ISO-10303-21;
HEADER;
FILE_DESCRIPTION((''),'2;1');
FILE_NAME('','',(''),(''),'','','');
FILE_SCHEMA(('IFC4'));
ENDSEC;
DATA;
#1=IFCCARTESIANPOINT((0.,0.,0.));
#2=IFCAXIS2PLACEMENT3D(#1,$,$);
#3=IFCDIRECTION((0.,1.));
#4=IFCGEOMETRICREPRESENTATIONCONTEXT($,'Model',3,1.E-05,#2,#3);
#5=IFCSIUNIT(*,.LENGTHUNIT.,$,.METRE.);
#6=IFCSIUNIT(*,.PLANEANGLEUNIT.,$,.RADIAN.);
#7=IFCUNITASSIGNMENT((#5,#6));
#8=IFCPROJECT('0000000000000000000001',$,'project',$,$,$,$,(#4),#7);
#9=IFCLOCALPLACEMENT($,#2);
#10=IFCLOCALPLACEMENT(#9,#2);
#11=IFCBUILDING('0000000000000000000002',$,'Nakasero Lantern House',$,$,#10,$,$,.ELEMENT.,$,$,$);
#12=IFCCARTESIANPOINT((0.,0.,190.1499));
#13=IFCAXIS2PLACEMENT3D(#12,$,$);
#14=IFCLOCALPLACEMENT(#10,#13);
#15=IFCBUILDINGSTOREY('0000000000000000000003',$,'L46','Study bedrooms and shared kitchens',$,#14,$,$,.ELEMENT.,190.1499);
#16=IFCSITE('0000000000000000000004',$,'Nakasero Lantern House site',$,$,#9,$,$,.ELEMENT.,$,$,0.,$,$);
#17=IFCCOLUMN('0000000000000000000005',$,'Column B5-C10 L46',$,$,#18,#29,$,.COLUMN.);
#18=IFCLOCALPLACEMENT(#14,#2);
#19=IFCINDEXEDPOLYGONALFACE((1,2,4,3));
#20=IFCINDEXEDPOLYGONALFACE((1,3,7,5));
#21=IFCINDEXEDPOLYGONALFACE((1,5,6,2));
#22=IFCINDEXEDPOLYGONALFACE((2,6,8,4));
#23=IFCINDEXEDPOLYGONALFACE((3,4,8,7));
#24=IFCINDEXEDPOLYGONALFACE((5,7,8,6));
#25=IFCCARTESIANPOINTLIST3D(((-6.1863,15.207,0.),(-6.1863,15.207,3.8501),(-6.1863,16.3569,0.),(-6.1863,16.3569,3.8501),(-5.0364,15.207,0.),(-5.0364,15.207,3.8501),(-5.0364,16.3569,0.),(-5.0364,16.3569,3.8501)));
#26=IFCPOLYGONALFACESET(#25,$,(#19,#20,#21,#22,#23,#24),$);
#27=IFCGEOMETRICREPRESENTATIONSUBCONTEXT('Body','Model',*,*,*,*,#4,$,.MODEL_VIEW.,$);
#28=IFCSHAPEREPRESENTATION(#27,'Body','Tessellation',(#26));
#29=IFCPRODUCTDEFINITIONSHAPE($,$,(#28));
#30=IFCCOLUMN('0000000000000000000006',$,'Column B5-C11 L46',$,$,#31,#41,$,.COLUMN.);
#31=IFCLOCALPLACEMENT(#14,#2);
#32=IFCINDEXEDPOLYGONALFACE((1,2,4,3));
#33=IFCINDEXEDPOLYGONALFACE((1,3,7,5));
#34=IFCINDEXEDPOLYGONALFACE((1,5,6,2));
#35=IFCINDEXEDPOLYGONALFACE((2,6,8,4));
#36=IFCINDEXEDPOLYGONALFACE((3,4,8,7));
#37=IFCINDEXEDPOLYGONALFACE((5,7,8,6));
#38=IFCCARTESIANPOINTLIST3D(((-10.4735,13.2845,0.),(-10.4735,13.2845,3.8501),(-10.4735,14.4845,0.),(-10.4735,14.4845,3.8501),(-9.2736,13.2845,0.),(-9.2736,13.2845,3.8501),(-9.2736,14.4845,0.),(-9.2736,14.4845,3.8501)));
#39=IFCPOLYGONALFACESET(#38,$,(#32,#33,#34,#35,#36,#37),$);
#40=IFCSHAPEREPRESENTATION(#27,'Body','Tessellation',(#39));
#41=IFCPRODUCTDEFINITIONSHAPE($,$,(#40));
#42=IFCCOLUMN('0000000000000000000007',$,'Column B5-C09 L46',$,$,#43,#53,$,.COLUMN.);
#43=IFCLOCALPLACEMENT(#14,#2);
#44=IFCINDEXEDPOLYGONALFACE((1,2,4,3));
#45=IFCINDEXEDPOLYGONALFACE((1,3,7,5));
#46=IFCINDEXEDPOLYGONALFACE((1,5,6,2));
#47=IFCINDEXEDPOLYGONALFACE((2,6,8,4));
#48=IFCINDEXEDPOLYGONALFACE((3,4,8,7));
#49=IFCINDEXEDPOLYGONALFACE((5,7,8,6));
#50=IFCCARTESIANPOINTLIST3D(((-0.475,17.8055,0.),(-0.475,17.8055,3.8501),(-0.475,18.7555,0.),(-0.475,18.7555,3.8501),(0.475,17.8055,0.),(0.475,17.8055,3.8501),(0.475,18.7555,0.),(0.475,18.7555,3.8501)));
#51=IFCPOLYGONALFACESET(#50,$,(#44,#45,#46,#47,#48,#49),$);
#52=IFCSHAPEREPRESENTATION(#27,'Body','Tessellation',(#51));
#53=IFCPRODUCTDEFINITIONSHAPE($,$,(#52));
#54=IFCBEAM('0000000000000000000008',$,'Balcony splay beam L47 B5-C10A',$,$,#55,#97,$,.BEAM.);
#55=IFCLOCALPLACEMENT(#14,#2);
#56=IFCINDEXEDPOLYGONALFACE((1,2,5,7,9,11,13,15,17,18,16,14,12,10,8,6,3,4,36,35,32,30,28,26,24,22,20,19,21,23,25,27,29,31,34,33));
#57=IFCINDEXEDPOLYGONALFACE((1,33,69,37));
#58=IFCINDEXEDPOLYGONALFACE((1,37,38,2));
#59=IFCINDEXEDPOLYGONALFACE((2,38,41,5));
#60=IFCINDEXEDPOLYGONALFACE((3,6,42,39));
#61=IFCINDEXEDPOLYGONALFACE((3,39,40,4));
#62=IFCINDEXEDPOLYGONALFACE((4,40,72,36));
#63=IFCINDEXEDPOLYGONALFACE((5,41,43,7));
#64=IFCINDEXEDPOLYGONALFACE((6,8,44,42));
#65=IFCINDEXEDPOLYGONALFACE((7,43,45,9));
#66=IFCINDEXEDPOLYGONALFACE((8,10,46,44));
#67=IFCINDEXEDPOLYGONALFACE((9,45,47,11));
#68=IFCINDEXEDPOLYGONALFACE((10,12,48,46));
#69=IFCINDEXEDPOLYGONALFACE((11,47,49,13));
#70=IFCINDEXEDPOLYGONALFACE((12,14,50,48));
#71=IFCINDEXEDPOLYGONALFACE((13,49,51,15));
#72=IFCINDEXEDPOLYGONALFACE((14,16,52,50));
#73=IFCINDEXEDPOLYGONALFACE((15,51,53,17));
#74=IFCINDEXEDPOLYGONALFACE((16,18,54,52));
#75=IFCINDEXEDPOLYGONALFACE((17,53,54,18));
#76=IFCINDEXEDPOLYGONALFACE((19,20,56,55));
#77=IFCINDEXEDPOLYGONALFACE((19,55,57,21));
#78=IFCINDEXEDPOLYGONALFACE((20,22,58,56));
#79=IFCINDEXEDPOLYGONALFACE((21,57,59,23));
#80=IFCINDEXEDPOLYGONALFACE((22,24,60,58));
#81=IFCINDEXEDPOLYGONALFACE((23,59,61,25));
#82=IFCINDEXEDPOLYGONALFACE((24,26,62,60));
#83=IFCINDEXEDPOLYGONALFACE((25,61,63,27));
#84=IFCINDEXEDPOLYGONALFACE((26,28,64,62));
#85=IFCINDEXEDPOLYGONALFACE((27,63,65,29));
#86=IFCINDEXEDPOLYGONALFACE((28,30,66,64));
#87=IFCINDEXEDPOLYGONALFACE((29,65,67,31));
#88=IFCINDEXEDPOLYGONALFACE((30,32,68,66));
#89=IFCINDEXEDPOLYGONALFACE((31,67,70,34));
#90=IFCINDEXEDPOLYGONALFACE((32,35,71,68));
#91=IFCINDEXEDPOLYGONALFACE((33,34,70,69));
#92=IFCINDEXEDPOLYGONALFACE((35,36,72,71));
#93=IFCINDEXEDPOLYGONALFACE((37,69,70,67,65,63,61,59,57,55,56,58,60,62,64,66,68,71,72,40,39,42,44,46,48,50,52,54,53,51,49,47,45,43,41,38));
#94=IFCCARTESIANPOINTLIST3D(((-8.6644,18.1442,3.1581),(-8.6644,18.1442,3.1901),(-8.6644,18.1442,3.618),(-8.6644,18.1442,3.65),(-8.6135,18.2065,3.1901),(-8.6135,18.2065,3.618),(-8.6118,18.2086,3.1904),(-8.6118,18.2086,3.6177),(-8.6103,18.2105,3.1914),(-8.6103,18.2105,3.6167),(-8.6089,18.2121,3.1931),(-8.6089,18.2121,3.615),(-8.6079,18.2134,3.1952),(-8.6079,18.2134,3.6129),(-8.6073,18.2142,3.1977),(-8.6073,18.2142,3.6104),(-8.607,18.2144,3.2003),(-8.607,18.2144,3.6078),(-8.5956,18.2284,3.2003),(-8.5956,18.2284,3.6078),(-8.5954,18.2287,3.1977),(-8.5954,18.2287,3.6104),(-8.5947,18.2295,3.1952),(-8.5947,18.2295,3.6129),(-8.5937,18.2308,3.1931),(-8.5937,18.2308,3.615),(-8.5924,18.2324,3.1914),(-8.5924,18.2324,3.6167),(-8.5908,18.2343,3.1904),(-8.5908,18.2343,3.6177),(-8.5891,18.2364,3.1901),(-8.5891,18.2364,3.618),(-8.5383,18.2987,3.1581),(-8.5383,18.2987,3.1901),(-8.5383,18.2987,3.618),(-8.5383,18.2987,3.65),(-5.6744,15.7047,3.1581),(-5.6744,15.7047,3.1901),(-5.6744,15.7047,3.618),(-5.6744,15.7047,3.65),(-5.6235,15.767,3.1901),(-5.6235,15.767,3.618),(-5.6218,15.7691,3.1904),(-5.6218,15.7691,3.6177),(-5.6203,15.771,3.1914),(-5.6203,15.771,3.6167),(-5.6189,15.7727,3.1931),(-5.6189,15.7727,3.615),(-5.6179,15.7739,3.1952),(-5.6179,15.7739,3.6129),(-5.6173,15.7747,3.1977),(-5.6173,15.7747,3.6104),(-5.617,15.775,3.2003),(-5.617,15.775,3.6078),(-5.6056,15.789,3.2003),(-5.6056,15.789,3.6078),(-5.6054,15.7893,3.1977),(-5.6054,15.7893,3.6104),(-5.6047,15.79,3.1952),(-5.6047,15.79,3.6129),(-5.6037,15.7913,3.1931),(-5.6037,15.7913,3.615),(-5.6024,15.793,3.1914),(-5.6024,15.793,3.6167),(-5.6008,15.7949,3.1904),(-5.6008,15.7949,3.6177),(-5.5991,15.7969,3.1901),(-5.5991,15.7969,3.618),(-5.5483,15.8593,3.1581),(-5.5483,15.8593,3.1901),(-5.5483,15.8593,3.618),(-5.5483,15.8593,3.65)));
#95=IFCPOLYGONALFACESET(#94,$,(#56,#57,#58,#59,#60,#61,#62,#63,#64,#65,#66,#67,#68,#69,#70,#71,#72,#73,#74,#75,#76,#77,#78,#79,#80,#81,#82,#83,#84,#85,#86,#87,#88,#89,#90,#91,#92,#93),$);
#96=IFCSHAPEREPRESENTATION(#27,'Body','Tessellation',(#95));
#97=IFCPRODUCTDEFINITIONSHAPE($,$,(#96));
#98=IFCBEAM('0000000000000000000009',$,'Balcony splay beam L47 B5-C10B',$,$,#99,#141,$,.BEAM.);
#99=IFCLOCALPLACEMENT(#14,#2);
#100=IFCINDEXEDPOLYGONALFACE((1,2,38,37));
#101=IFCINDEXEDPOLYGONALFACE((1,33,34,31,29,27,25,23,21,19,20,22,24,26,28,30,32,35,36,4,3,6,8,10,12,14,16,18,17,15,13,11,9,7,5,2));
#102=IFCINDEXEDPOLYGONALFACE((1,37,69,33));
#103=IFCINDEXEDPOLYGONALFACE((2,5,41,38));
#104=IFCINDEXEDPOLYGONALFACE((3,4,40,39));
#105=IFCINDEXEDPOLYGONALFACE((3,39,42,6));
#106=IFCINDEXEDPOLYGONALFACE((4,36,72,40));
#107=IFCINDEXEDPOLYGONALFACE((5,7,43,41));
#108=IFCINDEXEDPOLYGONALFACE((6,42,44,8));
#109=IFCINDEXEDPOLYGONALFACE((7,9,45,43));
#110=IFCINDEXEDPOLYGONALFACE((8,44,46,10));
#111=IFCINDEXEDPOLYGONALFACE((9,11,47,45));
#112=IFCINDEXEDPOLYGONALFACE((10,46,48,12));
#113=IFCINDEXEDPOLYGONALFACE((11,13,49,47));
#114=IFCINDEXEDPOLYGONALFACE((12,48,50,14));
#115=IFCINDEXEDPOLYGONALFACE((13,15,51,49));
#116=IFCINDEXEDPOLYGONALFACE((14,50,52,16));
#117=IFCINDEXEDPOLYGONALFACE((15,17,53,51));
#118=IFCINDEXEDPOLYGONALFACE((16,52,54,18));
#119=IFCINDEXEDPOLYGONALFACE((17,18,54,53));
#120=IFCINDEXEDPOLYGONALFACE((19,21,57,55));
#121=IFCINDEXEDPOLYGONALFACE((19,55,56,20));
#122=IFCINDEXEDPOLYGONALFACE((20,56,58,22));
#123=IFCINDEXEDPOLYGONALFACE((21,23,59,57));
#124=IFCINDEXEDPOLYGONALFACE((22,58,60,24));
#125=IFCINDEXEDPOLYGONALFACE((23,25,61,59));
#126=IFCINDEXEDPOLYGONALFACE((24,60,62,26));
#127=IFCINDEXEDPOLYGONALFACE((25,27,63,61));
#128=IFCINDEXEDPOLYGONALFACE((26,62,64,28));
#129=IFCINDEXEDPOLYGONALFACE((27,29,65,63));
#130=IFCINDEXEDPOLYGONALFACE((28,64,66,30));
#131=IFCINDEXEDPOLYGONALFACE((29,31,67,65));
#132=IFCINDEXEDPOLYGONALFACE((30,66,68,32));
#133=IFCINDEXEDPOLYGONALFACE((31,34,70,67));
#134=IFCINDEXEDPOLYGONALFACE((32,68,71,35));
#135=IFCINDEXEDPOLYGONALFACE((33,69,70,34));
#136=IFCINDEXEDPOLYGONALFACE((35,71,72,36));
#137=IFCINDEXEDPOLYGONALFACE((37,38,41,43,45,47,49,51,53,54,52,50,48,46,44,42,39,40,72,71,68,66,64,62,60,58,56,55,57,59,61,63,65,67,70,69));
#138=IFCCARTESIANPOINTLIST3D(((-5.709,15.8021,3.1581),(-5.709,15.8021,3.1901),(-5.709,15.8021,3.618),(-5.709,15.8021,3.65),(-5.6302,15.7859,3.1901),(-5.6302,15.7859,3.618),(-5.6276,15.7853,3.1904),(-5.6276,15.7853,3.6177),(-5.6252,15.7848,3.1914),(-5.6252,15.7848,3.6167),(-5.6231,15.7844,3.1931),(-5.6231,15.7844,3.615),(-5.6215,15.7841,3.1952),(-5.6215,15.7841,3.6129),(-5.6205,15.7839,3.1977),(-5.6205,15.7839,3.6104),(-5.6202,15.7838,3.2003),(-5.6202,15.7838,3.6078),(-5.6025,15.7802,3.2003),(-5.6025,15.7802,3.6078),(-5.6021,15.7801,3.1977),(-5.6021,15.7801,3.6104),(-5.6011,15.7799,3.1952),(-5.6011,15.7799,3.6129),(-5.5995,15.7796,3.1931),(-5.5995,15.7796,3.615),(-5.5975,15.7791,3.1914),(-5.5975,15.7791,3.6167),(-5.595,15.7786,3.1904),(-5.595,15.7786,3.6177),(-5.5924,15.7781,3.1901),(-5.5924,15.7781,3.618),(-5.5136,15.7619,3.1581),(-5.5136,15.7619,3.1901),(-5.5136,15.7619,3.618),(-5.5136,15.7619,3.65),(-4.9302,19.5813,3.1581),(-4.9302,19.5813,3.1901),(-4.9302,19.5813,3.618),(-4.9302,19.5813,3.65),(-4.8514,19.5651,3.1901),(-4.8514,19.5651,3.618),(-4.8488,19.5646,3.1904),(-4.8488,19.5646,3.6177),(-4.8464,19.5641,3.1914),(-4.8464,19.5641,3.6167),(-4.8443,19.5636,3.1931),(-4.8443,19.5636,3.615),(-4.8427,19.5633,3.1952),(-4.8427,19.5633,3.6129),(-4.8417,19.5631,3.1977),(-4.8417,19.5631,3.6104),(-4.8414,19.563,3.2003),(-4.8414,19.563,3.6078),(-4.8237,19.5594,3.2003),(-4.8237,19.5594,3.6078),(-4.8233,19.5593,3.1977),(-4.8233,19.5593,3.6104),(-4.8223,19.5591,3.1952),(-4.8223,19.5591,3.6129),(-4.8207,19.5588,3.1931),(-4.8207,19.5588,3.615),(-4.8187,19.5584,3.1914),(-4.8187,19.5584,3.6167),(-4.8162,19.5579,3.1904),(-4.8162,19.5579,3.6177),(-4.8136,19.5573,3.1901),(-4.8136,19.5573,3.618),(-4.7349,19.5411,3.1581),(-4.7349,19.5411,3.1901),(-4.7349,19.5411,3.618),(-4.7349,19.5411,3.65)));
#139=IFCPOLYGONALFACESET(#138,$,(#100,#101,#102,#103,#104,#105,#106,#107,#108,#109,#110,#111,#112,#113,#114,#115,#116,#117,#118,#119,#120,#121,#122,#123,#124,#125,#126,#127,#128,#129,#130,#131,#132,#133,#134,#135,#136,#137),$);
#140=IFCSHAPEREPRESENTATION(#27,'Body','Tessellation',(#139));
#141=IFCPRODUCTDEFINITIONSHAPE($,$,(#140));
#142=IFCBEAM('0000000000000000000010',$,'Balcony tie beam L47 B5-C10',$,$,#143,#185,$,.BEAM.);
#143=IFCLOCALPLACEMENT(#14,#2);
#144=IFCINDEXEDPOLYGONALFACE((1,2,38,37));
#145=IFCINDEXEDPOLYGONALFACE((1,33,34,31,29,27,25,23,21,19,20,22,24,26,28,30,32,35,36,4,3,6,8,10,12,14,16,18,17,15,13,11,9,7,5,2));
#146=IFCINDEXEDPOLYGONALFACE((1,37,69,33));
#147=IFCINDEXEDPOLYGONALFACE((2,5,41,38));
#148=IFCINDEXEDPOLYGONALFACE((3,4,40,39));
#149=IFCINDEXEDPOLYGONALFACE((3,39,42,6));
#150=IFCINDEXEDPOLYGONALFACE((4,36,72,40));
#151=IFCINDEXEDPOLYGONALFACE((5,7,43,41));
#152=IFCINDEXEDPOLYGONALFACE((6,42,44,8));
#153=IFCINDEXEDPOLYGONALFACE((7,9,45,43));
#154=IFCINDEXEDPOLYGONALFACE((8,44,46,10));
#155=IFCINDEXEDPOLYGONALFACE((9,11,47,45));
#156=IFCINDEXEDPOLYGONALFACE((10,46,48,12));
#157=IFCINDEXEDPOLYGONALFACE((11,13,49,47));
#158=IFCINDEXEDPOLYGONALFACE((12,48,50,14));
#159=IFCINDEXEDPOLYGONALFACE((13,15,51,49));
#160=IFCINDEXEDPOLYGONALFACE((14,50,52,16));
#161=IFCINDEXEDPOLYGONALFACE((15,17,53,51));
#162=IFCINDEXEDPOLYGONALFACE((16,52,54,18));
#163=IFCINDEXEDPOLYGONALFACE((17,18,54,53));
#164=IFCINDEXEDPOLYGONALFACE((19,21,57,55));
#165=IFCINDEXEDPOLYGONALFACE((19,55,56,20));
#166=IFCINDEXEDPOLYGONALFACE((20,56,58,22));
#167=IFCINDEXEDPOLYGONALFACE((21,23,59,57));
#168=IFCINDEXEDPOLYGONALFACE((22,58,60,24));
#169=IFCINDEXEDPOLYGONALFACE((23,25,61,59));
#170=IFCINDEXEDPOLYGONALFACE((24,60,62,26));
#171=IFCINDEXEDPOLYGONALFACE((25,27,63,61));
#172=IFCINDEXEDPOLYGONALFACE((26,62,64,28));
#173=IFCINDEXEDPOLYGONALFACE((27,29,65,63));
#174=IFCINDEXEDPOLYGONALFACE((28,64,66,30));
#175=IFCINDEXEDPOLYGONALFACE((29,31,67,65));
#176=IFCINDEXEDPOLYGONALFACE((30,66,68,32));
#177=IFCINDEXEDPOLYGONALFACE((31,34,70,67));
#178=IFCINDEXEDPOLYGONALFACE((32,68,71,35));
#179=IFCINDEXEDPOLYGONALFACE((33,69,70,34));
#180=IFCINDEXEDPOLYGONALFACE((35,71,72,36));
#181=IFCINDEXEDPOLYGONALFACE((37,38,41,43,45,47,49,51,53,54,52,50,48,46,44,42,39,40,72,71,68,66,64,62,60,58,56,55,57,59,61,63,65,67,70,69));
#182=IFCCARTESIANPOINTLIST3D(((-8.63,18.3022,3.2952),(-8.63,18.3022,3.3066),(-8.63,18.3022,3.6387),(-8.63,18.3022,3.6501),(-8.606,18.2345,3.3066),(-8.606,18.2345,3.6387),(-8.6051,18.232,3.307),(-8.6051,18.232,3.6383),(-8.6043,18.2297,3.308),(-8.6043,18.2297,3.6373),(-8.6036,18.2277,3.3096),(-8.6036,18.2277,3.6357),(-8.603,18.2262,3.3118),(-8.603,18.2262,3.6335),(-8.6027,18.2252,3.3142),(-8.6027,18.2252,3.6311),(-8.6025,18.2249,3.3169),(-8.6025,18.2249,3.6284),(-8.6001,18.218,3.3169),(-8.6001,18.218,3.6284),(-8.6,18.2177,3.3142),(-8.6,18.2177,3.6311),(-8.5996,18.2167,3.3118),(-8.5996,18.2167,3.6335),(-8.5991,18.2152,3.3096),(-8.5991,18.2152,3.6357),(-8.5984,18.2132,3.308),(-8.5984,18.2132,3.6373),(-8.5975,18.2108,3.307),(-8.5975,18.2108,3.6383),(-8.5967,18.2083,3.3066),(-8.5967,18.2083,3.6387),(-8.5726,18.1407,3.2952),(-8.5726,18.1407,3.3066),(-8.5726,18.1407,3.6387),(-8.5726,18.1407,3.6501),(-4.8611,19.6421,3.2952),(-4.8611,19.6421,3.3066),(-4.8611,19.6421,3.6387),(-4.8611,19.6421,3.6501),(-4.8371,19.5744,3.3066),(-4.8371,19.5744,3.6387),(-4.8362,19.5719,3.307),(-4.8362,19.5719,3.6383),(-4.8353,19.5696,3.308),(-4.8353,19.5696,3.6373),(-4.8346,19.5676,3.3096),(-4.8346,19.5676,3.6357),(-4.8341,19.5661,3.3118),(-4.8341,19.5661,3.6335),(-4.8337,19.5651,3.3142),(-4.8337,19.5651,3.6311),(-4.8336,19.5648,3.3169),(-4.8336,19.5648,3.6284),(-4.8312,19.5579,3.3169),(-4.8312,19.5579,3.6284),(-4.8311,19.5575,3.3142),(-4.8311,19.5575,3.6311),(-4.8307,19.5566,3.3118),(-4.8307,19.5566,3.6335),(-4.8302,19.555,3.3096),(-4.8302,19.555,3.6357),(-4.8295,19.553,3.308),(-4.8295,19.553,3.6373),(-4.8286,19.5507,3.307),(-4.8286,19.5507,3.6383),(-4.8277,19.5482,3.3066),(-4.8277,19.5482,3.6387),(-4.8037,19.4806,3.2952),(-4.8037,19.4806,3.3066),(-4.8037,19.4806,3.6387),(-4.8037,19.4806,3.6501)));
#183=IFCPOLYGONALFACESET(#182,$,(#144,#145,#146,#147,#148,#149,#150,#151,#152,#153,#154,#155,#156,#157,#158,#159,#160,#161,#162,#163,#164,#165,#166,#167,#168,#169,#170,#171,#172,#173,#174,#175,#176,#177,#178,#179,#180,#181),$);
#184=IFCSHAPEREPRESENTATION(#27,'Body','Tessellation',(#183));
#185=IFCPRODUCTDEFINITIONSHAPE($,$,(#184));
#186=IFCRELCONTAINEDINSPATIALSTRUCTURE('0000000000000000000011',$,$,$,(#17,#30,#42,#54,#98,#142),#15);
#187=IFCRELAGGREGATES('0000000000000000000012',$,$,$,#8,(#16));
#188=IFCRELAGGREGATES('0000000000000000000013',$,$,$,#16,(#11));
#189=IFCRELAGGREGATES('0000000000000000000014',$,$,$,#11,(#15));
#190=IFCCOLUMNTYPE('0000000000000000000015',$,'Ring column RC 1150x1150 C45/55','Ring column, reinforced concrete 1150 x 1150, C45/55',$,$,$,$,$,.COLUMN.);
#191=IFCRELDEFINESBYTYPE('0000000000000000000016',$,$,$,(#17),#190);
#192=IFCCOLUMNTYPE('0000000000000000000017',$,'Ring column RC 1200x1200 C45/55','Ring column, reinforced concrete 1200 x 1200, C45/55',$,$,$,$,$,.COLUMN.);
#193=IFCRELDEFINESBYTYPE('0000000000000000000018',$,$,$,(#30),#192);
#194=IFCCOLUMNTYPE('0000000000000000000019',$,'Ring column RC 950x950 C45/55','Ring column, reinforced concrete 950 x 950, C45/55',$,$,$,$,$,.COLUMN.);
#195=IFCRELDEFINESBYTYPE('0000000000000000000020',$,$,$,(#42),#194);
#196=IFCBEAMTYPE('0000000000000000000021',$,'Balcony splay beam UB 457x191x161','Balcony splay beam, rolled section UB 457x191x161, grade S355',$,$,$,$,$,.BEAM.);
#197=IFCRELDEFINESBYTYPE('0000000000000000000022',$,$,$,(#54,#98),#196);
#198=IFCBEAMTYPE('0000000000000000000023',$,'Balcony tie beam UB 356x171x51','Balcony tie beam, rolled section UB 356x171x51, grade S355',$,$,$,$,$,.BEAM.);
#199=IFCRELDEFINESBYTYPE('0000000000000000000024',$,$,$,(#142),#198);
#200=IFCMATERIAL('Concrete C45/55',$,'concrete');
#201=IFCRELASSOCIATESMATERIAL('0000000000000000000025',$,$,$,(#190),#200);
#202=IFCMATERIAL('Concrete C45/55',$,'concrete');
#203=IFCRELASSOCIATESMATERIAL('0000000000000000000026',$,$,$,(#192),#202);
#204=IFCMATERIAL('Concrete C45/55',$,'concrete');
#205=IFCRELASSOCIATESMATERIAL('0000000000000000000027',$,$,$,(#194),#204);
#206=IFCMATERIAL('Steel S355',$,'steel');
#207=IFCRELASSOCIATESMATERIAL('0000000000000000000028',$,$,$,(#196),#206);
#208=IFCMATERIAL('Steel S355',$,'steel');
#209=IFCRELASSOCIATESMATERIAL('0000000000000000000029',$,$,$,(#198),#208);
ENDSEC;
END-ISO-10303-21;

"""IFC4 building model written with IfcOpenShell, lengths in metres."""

from ifc_helpers import new_model, si_unit, direction, frame, origin, origin_2d, place, context, subcontext, project, spatial, rectangle, i_section, extrude, material, material_profile, profile_set, type_object, element, save


model = new_model("IFC4")

# Units and contexts
model_context = context("Model", 3, precision=1e-05, world=origin(), true_north=direction((0.0, 1.0)))
body_context = subcontext(model_context, "Body", "Model", "MODEL_VIEW")
ifc_project = project(units=[si_unit("LENGTHUNIT", "METRE"), si_unit("PLANEANGLEUNIT", "RADIAN")], contexts=[model_context])

# Site, building, storey
site_placement = place(None, origin())
site = spatial("IfcSite", under=ifc_project, at=site_placement, Name="Nakasero Lantern House site", CompositionType="ELEMENT", RefElevation=0.0)
building_placement = place(site_placement, origin())
building = spatial("IfcBuilding", under=site, at=building_placement, Name="Nakasero Lantern House", CompositionType="ELEMENT")
storey_placement = place(building_placement, frame((0.0, 0.0, 190.1499)))
storey = spatial("IfcBuildingStorey", under=building, at=storey_placement, Name="L46", Description="Study bedrooms and shared kitchens", CompositionType="ELEMENT", Elevation=190.1499)

# Columns
ifc_material_1 = material(Name="Concrete C45/55", Category="concrete")
ifc_material_profile_1 = material_profile(ifc_material_1, rectangle(XDim=1.1499, YDim=1.1499, at=origin_2d()), Name="RC 1150x1150")
ifc_profile_set_1 = profile_set([ifc_material_profile_1], Name="Concrete C45/55")
column_type_1 = type_object("IfcColumnType", Name="Ring column RC 1150x1150 C45/55", Description="Ring column, reinforced concrete 1150 x 1150, C45/55", PredefinedType="COLUMN", material=ifc_profile_set_1)
column_1_placement = place(storey_placement, frame((-5.6113, 15.782, 0.0), z_axis=(0.0, 0.0, 1.0), x_axis=(1.0, 0.0, 0.0)))
element("IfcColumn", 1, at=column_1_placement, inside=storey, type_object=column_type_1, Name="Column B5-C10 L46", PredefinedType="COLUMN", context=body_context, shape_type="SweptSolid", body=[
    extrude(rectangle(XDim=1.1499, YDim=1.1499, at=origin_2d()), origin(), (0.0, 0.0, 1.0), 3.8501),
])
ifc_material_2 = material(Name="Concrete C45/55", Category="concrete")
ifc_material_profile_2 = material_profile(ifc_material_2, rectangle(XDim=1.2, YDim=1.2, at=origin_2d()), Name="RC 1200x1200")
ifc_profile_set_2 = profile_set([ifc_material_profile_2], Name="Concrete C45/55")
column_type_2 = type_object("IfcColumnType", Name="Ring column RC 1200x1200 C45/55", Description="Ring column, reinforced concrete 1200 x 1200, C45/55", PredefinedType="COLUMN", material=ifc_profile_set_2)
column_2_placement = place(storey_placement, frame((-9.8735, 13.8845, 0.0), z_axis=(0.0, 0.0, 1.0), x_axis=(1.0, 0.0, 0.0)))
element("IfcColumn", 2, at=column_2_placement, inside=storey, type_object=column_type_2, Name="Column B5-C11 L46", PredefinedType="COLUMN", context=body_context, shape_type="SweptSolid", body=[
    extrude(rectangle(XDim=1.2, YDim=1.2, at=origin_2d()), origin(), (0.0, 0.0, 1.0), 3.8501),
])
ifc_material_3 = material(Name="Concrete C45/55", Category="concrete")
ifc_material_profile_3 = material_profile(ifc_material_3, rectangle(XDim=0.95, YDim=0.95, at=origin_2d()), Name="RC 950x950")
ifc_profile_set_3 = profile_set([ifc_material_profile_3], Name="Concrete C45/55")
column_type_3 = type_object("IfcColumnType", Name="Ring column RC 950x950 C45/55", Description="Ring column, reinforced concrete 950 x 950, C45/55", PredefinedType="COLUMN", material=ifc_profile_set_3)
column_3_placement = place(storey_placement, frame((0.0, 18.2805, 0.0), z_axis=(0.0, 0.0, 1.0), x_axis=(1.0, 0.0, 0.0)))
element("IfcColumn", 3, at=column_3_placement, inside=storey, type_object=column_type_3, Name="Column B5-C09 L46", PredefinedType="COLUMN", context=body_context, shape_type="SweptSolid", body=[
    extrude(rectangle(XDim=0.95, YDim=0.95, at=origin_2d()), origin(), (0.0, 0.0, 1.0), 3.8501),
])

# Beams
ifc_material_4 = material(Name="Steel S355", Category="steel")
ifc_material_profile_4 = material_profile(ifc_material_4, i_section(OverallWidth=0.1995, OverallDepth=0.4919, WebThickness=0.0181, FlangeThickness=0.032, FilletRadius=0.0103, at=origin_2d()), Name="UB 457x191x161")
ifc_profile_set_4 = profile_set([ifc_material_profile_4], Name="Steel S355")
beam_type_1 = type_object("IfcBeamType", Name="Balcony splay beam UB 457x191x161", Description="Balcony splay beam, rolled section UB 457x191x161, grade S355", PredefinedType="BEAM", material=ifc_profile_set_4)
beam_1_placement = place(storey_placement, frame((-5.6113, 15.782, 3.4041), z_axis=(-0.774833, 0.632166, 0.0), x_axis=(-0.632166, -0.774833, 0.0)))
element("IfcBeam", 4, at=beam_1_placement, inside=storey, type_object=beam_type_1, Name="Balcony splay beam L47 B5-C10A", PredefinedType="BEAM", context=body_context, shape_type="SweptSolid", body=[
    extrude(i_section(OverallWidth=0.1995, OverallDepth=0.4919, WebThickness=0.0181, FlangeThickness=0.032, FilletRadius=0.0103, at=origin_2d()), origin(), (0.0, 0.0, 1.0), 3.8589),
])
beam_2_placement = place(storey_placement, frame((-5.6113, 15.782, 3.4041), z_axis=(0.201831, 0.97942, 0.0), x_axis=(-0.97942, 0.201831, 0.0)))
element("IfcBeam", 5, at=beam_2_placement, inside=storey, type_object=beam_type_1, Name="Balcony splay beam L47 B5-C10B", PredefinedType="BEAM", context=body_context, shape_type="SweptSolid", body=[
    extrude(i_section(OverallWidth=0.1995, OverallDepth=0.4919, WebThickness=0.0181, FlangeThickness=0.032, FilletRadius=0.0103, at=origin_2d()), origin(), (0.0, 0.0, 1.0), 3.8586),
])
ifc_material_5 = material(Name="Steel S355", Category="steel")
ifc_material_profile_5 = material_profile(ifc_material_5, i_section(OverallWidth=0.1714, OverallDepth=0.355, WebThickness=0.0073, FlangeThickness=0.0115, FilletRadius=0.0103, at=origin_2d()), Name="UB 356x171x51")
ifc_profile_set_5 = profile_set([ifc_material_profile_5], Name="Steel S355")
beam_type_2 = type_object("IfcBeamType", Name="Balcony tie beam UB 356x171x51", Description="Balcony tie beam, rolled section UB 356x171x51, grade S355", PredefinedType="BEAM", material=ifc_profile_set_5)
beam_3_placement = place(storey_placement, frame((-8.6013, 18.2214, 3.4727), z_axis=(0.942228, 0.334971, 0.0), x_axis=(-0.334971, 0.942228, 0.0)))
element("IfcBeam", 6, at=beam_3_placement, inside=storey, type_object=beam_type_2, Name="Balcony tie beam L47 B5-C10", PredefinedType="BEAM", context=body_context, shape_type="SweptSolid", body=[
    extrude(i_section(OverallWidth=0.1714, OverallDepth=0.355, WebThickness=0.0073, FlangeThickness=0.0115, FilletRadius=0.0103, at=origin_2d()), origin(), (0.0, 0.0, 1.0), 4.0),
])

save(model, "model.ifc")
